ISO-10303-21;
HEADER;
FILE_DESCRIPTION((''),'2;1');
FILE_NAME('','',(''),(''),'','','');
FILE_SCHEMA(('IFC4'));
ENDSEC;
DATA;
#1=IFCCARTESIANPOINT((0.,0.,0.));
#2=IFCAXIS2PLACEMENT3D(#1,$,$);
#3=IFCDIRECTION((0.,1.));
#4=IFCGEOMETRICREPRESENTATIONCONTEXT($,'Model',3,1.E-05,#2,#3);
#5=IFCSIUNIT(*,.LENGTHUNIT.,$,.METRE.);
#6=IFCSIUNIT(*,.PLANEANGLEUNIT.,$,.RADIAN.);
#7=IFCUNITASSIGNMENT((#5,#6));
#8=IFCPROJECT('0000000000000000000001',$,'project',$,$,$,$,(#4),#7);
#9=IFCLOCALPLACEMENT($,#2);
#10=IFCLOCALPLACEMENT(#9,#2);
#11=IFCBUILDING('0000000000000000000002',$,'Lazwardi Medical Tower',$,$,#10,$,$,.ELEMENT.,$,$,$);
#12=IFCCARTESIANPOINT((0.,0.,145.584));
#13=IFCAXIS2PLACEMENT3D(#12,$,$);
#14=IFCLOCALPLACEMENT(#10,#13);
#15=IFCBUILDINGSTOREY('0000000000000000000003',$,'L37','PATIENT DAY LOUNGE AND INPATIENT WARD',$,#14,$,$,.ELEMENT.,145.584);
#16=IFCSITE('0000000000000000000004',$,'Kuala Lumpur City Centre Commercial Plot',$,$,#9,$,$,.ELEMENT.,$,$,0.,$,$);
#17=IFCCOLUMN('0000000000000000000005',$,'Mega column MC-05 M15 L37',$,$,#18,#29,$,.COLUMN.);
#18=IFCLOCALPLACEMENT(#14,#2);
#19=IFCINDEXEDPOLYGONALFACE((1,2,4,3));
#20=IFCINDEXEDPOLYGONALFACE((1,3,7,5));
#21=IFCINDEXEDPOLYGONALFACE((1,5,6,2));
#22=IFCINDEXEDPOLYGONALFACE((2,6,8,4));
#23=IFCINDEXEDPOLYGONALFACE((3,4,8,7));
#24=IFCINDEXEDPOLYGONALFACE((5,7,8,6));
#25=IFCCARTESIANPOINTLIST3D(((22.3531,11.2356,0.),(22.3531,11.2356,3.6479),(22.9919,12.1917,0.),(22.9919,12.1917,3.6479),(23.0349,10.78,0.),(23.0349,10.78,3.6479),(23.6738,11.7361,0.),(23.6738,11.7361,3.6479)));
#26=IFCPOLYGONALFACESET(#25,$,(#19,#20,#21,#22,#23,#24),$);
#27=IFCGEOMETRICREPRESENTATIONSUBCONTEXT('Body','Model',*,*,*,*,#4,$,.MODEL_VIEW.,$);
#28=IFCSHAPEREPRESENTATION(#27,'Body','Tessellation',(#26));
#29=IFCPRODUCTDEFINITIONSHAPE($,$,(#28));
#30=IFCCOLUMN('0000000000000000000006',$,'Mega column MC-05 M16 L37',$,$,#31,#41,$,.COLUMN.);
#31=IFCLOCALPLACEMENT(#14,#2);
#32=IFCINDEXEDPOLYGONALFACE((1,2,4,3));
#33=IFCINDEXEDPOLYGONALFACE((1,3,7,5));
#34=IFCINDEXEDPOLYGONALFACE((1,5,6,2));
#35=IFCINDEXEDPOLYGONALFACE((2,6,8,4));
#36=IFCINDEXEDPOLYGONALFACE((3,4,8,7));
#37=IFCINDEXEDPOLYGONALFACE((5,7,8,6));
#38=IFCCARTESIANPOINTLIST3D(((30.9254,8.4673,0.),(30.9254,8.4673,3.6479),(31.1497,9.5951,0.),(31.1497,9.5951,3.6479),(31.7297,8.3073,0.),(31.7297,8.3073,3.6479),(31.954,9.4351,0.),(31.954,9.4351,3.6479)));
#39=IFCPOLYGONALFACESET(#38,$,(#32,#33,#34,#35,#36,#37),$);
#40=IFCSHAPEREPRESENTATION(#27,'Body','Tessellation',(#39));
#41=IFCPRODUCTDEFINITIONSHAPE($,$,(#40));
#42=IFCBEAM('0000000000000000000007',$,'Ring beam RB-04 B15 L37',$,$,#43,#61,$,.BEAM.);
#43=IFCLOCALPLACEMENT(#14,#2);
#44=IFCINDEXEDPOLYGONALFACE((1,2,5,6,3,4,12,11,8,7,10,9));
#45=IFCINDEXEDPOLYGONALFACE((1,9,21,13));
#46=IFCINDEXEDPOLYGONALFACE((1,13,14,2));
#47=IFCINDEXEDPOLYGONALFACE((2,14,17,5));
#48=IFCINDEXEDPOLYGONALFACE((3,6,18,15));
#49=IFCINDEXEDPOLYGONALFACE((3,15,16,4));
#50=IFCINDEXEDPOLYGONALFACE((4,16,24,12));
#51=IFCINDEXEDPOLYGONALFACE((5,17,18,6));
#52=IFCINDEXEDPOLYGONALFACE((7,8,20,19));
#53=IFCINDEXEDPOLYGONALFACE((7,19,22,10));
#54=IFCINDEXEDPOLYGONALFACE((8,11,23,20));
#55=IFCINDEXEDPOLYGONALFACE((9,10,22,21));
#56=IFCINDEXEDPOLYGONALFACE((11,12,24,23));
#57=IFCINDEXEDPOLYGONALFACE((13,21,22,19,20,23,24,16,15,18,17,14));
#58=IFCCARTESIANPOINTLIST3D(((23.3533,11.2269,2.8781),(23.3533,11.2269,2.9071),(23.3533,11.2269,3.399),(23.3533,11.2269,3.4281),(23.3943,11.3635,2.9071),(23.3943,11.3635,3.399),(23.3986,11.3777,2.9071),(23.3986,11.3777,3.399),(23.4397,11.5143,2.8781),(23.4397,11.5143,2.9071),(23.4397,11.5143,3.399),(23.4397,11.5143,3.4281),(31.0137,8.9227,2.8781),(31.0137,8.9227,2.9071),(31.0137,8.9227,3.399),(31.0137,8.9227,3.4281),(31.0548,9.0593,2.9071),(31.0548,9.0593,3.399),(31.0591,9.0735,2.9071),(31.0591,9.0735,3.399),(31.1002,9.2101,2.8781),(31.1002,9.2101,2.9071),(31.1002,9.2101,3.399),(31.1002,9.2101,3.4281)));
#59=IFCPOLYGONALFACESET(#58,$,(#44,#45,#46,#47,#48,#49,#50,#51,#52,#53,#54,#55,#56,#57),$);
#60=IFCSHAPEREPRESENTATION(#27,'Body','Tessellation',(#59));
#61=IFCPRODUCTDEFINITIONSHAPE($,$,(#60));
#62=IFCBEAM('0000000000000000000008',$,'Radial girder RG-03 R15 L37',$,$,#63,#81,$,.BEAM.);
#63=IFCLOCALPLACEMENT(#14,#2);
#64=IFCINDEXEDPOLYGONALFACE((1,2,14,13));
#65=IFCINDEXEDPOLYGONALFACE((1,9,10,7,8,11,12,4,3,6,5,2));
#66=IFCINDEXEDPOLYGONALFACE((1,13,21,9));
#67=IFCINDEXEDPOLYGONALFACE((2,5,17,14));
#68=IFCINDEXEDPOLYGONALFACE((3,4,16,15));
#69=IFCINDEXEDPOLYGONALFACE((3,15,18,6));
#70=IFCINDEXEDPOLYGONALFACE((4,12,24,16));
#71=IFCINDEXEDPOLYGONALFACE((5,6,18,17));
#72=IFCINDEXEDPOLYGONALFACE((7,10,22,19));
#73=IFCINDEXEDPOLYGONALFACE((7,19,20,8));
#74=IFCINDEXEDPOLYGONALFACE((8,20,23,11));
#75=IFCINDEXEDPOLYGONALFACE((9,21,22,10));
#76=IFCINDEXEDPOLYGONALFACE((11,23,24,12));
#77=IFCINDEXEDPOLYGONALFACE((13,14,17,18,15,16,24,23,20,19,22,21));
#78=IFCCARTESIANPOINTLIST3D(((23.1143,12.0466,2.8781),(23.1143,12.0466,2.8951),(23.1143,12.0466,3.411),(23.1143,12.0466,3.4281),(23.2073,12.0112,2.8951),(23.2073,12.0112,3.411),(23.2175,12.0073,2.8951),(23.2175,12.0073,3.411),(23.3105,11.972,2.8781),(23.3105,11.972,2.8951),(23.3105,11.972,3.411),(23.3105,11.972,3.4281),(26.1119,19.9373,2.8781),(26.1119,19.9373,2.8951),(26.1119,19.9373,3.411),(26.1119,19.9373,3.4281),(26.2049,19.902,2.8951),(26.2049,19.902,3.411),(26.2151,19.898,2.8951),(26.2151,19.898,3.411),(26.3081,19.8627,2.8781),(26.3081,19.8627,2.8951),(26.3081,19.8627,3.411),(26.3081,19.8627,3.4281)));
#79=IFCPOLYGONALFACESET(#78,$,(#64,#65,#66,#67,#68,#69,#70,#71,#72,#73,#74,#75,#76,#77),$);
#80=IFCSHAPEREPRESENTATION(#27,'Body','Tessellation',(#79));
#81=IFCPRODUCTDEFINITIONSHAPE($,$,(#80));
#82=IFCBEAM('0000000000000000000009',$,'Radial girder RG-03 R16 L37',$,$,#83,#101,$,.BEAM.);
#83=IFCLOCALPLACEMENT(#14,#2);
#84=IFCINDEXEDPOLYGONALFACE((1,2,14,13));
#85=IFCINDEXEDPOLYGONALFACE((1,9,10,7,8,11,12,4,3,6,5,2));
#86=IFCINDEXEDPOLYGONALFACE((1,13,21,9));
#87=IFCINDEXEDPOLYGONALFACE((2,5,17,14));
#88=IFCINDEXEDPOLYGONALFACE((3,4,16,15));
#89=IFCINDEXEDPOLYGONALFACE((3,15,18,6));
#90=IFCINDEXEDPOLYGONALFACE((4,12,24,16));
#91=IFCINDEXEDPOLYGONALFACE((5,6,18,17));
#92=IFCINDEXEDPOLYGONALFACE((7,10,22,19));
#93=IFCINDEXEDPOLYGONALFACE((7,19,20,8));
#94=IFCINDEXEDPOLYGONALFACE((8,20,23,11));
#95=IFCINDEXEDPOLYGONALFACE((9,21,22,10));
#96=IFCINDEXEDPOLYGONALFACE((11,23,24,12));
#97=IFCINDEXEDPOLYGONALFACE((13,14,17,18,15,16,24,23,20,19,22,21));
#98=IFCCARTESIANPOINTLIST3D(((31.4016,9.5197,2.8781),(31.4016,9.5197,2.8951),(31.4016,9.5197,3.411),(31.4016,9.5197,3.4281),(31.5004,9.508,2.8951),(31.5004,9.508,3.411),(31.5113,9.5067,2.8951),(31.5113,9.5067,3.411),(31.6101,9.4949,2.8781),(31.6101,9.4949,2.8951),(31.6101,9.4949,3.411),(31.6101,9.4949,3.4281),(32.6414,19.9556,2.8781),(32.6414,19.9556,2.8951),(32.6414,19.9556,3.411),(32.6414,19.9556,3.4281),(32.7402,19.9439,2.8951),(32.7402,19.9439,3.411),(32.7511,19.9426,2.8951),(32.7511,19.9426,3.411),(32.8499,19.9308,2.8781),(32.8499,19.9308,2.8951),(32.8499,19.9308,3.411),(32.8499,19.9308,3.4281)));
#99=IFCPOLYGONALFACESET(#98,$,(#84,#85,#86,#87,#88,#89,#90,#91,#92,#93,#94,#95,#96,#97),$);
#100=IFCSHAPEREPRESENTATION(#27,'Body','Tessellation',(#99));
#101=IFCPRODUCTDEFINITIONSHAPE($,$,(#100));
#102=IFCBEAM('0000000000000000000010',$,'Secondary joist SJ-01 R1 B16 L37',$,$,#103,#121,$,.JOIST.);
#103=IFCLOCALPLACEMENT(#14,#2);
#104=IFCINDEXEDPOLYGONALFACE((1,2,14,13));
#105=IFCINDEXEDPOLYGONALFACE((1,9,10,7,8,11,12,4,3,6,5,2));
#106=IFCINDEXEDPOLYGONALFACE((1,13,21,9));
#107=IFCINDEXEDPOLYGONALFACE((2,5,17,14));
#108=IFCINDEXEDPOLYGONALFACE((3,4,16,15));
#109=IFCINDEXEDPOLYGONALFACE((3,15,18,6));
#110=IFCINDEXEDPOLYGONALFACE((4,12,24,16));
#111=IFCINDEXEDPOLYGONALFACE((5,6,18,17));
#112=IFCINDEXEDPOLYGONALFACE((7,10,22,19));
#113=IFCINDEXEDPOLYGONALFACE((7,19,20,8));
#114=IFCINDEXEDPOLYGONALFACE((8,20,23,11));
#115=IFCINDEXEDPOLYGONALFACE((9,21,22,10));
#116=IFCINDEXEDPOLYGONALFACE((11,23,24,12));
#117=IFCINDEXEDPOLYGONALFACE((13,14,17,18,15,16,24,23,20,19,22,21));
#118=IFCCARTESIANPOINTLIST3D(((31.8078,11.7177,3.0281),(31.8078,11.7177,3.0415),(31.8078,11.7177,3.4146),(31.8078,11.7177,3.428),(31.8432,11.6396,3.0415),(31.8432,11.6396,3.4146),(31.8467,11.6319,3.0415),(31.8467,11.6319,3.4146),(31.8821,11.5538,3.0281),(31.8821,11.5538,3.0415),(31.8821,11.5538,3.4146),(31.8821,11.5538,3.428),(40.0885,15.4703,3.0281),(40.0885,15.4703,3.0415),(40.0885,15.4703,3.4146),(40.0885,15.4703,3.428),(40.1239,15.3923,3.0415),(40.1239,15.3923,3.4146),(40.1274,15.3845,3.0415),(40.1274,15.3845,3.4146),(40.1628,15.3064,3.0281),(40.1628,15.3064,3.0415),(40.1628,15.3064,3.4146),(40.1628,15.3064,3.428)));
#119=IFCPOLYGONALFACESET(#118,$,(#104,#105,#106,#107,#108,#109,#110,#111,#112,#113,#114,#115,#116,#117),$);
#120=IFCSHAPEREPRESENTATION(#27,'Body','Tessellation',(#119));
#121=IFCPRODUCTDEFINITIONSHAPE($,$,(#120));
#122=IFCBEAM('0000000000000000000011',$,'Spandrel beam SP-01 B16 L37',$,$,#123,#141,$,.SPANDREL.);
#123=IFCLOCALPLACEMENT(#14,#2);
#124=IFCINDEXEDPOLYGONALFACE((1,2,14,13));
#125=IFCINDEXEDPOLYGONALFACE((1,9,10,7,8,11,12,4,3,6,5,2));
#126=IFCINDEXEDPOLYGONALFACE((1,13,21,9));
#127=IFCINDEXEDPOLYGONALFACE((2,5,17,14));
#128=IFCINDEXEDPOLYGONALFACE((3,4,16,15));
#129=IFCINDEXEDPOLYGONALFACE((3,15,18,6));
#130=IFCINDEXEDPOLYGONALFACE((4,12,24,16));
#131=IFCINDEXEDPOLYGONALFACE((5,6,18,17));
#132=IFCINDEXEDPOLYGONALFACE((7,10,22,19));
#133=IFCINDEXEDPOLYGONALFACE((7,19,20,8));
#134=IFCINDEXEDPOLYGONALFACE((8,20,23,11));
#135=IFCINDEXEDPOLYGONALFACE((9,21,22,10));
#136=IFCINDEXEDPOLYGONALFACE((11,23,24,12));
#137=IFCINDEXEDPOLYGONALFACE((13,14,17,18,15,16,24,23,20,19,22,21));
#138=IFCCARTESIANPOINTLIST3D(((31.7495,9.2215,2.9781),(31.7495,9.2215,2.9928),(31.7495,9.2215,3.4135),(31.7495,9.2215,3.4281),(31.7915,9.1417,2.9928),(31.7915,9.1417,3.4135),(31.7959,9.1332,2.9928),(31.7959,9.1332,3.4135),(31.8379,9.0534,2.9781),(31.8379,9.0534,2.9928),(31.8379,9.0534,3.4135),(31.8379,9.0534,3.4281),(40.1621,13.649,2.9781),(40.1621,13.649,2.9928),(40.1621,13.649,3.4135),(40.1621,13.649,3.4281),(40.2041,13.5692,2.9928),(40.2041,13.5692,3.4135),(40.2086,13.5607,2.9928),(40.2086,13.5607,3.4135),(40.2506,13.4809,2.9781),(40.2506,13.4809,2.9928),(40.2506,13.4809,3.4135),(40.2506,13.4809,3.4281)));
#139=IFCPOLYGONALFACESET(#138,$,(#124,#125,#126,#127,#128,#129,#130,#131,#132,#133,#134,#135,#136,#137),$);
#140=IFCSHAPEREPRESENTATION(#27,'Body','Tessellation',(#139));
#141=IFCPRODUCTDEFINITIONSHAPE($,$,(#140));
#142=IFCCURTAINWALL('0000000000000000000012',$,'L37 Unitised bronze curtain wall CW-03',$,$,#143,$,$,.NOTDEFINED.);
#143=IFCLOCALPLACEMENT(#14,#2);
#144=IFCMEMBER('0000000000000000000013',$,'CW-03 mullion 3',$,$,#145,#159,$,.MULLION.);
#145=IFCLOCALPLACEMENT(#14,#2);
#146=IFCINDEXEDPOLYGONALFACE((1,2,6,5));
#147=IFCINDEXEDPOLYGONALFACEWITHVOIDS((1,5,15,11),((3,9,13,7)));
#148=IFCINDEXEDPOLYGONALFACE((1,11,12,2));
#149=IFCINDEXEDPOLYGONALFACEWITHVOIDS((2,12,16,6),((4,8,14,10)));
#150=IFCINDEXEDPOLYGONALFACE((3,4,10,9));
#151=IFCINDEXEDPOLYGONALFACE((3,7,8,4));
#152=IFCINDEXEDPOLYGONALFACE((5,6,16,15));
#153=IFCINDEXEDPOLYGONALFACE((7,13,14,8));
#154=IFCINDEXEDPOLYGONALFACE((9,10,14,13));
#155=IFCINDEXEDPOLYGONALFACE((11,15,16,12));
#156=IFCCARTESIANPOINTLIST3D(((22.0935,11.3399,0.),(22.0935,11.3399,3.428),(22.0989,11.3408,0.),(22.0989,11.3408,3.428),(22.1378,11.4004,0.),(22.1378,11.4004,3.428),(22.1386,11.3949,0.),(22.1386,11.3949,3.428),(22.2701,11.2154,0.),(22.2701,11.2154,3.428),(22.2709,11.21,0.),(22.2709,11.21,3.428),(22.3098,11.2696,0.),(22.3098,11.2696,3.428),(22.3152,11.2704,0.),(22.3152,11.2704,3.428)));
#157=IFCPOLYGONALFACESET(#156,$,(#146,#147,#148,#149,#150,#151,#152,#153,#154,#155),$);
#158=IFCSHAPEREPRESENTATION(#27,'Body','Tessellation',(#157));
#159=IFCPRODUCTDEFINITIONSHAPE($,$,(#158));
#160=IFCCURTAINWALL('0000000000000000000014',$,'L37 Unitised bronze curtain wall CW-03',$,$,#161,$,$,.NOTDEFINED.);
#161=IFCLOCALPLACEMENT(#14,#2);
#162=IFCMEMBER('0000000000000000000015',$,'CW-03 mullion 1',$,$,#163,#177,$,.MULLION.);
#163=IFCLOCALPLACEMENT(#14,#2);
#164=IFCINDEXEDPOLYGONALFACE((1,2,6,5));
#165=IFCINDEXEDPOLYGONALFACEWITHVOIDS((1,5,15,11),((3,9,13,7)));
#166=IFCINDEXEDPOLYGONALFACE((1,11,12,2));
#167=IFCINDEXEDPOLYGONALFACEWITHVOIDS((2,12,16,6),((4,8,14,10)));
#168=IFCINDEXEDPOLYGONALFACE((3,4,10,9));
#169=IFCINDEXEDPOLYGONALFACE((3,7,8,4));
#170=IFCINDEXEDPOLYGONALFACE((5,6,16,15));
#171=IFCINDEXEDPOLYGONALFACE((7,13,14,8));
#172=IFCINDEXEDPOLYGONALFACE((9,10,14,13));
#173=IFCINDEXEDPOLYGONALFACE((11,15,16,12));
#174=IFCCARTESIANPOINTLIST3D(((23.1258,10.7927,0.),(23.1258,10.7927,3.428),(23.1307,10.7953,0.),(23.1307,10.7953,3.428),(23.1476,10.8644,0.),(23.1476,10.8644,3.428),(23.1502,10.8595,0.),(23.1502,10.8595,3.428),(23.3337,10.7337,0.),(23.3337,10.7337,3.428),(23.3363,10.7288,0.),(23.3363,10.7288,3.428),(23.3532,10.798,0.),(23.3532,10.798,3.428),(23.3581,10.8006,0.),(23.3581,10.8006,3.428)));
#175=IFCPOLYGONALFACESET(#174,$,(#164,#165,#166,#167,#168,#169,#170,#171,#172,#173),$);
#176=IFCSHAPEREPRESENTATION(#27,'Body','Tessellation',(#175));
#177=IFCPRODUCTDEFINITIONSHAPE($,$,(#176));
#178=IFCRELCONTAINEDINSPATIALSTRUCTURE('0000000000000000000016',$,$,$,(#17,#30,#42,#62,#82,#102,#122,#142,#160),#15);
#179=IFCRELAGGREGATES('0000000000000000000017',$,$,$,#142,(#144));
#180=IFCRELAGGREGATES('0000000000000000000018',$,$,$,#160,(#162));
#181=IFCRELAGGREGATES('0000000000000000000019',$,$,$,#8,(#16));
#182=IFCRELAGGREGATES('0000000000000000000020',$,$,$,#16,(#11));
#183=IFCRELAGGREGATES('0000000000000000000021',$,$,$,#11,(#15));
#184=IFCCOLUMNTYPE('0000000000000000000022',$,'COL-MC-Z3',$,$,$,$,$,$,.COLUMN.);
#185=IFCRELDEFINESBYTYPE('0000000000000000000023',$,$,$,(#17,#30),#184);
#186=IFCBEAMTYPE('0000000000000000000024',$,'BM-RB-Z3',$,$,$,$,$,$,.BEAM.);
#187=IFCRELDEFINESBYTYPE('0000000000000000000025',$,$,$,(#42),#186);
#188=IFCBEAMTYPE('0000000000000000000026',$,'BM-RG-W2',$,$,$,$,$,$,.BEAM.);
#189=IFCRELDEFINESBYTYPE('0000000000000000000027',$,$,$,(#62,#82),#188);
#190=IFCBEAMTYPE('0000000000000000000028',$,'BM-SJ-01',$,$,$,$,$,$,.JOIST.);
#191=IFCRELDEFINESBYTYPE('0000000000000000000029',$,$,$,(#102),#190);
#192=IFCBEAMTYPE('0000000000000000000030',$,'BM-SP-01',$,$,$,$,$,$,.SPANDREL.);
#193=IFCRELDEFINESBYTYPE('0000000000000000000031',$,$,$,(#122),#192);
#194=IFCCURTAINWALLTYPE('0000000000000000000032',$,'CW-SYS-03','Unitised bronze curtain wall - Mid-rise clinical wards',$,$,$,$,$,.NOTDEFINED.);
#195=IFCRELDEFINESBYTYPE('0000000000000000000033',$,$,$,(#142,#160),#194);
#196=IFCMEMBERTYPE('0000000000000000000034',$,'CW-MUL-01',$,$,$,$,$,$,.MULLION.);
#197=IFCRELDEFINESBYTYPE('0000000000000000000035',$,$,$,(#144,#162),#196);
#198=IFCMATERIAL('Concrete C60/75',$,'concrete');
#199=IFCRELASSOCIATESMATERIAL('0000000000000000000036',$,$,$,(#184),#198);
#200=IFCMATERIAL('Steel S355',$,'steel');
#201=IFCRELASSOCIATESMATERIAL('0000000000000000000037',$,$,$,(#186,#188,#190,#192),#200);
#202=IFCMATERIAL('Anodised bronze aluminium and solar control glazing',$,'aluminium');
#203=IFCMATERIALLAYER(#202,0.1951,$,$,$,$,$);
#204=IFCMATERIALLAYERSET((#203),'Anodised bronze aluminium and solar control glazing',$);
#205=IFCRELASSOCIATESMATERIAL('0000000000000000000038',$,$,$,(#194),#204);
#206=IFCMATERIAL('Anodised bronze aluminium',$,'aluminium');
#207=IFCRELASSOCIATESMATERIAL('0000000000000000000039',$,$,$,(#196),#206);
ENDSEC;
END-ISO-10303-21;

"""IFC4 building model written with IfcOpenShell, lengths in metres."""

from ifc_helpers import new_model, si_unit, direction, frame, origin, origin_2d, place, context, subcontext, project, spatial, rectangle, hollow_rectangle, i_section, extrude, material, layer, layer_set, material_profile, profile_set, type_object, element, aggregate, save


model = new_model("IFC4")

# Units and contexts
model_context = context("Model", 3, precision=1e-05, world=origin(), true_north=direction((0.0, 1.0)))
body_context = subcontext(model_context, "Body", "Model", "MODEL_VIEW")
ifc_project = project(units=[si_unit("LENGTHUNIT", "METRE"), si_unit("PLANEANGLEUNIT", "RADIAN")], contexts=[model_context])

# Site, building, storey
site_placement = place(None, origin())
site = spatial("IfcSite", under=ifc_project, at=site_placement, Name="Kuala Lumpur City Centre Commercial Plot", CompositionType="ELEMENT", RefElevation=0.0)
building_placement = place(site_placement, origin())
building = spatial("IfcBuilding", under=site, at=building_placement, Name="Lazwardi Medical Tower", CompositionType="ELEMENT")
storey_placement = place(building_placement, frame((0.0, 0.0, 145.584)))
storey = spatial("IfcBuildingStorey", under=building, at=storey_placement, Name="L37", Description="PATIENT DAY LOUNGE AND INPATIENT WARD", CompositionType="ELEMENT", Elevation=145.584)

# Columns
ifc_material_1 = material(Name="Concrete C60/75", Category="concrete")
ifc_material_profile_1 = material_profile(ifc_material_1, rectangle(XDim=1.1499, YDim=0.8201, at=origin_2d()), Name="CFT-RECT 1150x820")
ifc_profile_set_1 = profile_set([ifc_material_profile_1], Name="Concrete C60/75")
column_type = type_object("IfcColumnType", Name="COL-MC-Z3", PredefinedType="COLUMN", material=ifc_profile_set_1)
for number, where, z_axis, x_axis, name in (
    (1, (23.0134, 11.4858, 0.0), (0.0, 0.0, 1.0), (-0.55557, -0.83147, 0.0), "Mega column MC-05 M15 L37"),
    (2, (31.4397, 8.9512, 0.0), (0.0, 0.0, 1.0), (-0.19509, -0.980785, 0.0), "Mega column MC-05 M16 L37"),
):
    element("IfcColumn", number, at=place(storey_placement, frame(where, z_axis=z_axis, x_axis=x_axis)), inside=storey, type_object=column_type, Name=name, PredefinedType="COLUMN", context=body_context, shape_type="SweptSolid", body=[
        extrude(rectangle(XDim=1.1499, YDim=0.8201, at=origin_2d()), origin(), (0.0, 0.0, 1.0), 3.6479),
    ])

# Beams
ifc_material_2 = material(Name="Steel S355", Category="steel")
ifc_material_profile_2 = material_profile(ifc_material_2, i_section(OverallWidth=0.3, OverallDepth=0.55, WebThickness=0.0149, FlangeThickness=0.0291, at=origin_2d()), Name="HEB 550")
ifc_profile_set_2 = profile_set([ifc_material_profile_2], Name="Steel S355")
beam_type_1 = type_object("IfcBeamType", Name="BM-RB-Z3", PredefinedType="BEAM", material=ifc_profile_set_2)
beam_1_placement = place(storey_placement, frame((23.3965, 11.3706, 3.1531), z_axis=(0.957617, -0.288045, 0.0), x_axis=(0.288045, 0.957617, 0.0)))
element("IfcBeam", 3, at=beam_1_placement, inside=storey, type_object=beam_type_1, Name="Ring beam RB-04 B15 L37", PredefinedType="BEAM", context=body_context, shape_type="SweptSolid", body=[
    extrude(i_section(OverallWidth=0.3, OverallDepth=0.55, WebThickness=0.0149, FlangeThickness=0.0291, at=origin_2d()), origin(), (0.0, 0.0, 1.0), 7.9995),
])
ifc_material_profile_3 = material_profile(ifc_material_2, i_section(OverallWidth=0.21, OverallDepth=0.55, WebThickness=0.011, FlangeThickness=0.0171, at=origin_2d()), Name="IPE 550")
ifc_profile_set_3 = profile_set([ifc_material_profile_3], Name="Steel S355")
beam_type_2 = type_object("IfcBeamType", Name="BM-RG-W2", PredefinedType="BEAM", material=ifc_profile_set_3)
beam_2_placement = place(storey_placement, frame((23.2124, 12.0093, 3.1531), z_axis=(0.355127, 0.934818, 0.0), x_axis=(-0.934818, 0.355127, 0.0)))
element("IfcBeam", 4, at=beam_2_placement, inside=storey, type_object=beam_type_2, Name="Radial girder RG-03 R15 L37", PredefinedType="BEAM", context=body_context, shape_type="SweptSolid", body=[
    extrude(i_section(OverallWidth=0.21, OverallDepth=0.55, WebThickness=0.011, FlangeThickness=0.0171, at=origin_2d()), origin(), (0.0, 0.0, 1.0), 8.4409),
])
beam_3_placement = place(storey_placement, frame((31.5059, 9.5073, 3.1531), z_axis=(0.117968, 0.993017, 0.0), x_axis=(-0.993017, 0.117968, 0.0)))
element("IfcBeam", 5, at=beam_3_placement, inside=storey, type_object=beam_type_2, Name="Radial girder RG-03 R16 L37", PredefinedType="BEAM", context=body_context, shape_type="SweptSolid", body=[
    extrude(i_section(OverallWidth=0.21, OverallDepth=0.55, WebThickness=0.011, FlangeThickness=0.0171, at=origin_2d()), origin(), (0.0, 0.0, 1.0), 10.5093),
])
ifc_material_profile_4 = material_profile(ifc_material_2, i_section(OverallWidth=0.1799, OverallDepth=0.3999, WebThickness=0.0085, FlangeThickness=0.0134, at=origin_2d()), Name="IPE 400")
ifc_profile_set_4 = profile_set([ifc_material_profile_4], Name="Steel S355")
beam_type_3 = type_object("IfcBeamType", Name="BM-SJ-01", PredefinedType="JOIST", material=ifc_profile_set_4)
beam_4_placement = place(storey_placement, frame((31.845, 11.6357, 3.228), z_axis=(0.910834, 0.412773, 0.0), x_axis=(-0.412773, 0.910834, 0.0)))
element("IfcBeam", 6, at=beam_4_placement, inside=storey, type_object=beam_type_3, Name="Secondary joist SJ-01 R1 B16 L37", PredefinedType="JOIST", context=body_context, shape_type="SweptSolid", body=[
    extrude(i_section(OverallWidth=0.1799, OverallDepth=0.3999, WebThickness=0.0085, FlangeThickness=0.0134, at=origin_2d()), origin(), (0.0, 0.0, 1.0), 9.0913),
])
ifc_material_profile_5 = material_profile(ifc_material_2, i_section(OverallWidth=0.1899, OverallDepth=0.45, WebThickness=0.0095, FlangeThickness=0.0146, at=origin_2d()), Name="IPE 450")
ifc_profile_set_5 = profile_set([ifc_material_profile_5], Name="Steel S355")
beam_type_4 = type_object("IfcBeamType", Name="BM-SP-01", PredefinedType="SPANDREL", material=ifc_profile_set_5)
beam_5_placement = place(storey_placement, frame((31.7937, 9.1375, 3.2031), z_axis=(0.884927, 0.465731, 0.0), x_axis=(-0.465731, 0.884927, 0.0)))
element("IfcBeam", 7, at=beam_5_placement, inside=storey, type_object=beam_type_4, Name="Spandrel beam SP-01 B16 L37", PredefinedType="SPANDREL", context=body_context, shape_type="SweptSolid", body=[
    extrude(i_section(OverallWidth=0.1899, OverallDepth=0.45, WebThickness=0.0095, FlangeThickness=0.0146, at=origin_2d()), origin(), (0.0, 0.0, 1.0), 9.5066),
])

# Curtain wall, member
ifc_material_3 = material(Name="Anodised bronze aluminium and solar control glazing", Category="aluminium")
ifc_layer_1 = layer(ifc_material_3, 0.1951)
ifc_layer_set_1 = layer_set([ifc_layer_1], Name="Anodised bronze aluminium and solar control glazing")
curtain_wall_type = type_object("IfcCurtainWallType", Name="CW-SYS-03", Description="Unitised bronze curtain wall - Mid-rise clinical wards", PredefinedType="NOTDEFINED", material=ifc_layer_set_1)
curtain_wall_1_placement = place(storey_placement, origin())
curtain_wall_1 = element("IfcCurtainWall", 8, at=curtain_wall_1_placement, inside=storey, type_object=curtain_wall_type, Name="L37 Unitised bronze curtain wall CW-03", PredefinedType="NOTDEFINED")
ifc_material_4 = material(Name="Anodised bronze aluminium", Category="aluminium")
ifc_material_profile_6 = material_profile(ifc_material_4, hollow_rectangle(XDim=0.075, YDim=0.22, WallThickness=0.0039, at=origin_2d()), Name="ALU-MULLION 220x75x4")
ifc_profile_set_6 = profile_set([ifc_material_profile_6], Name="Anodised bronze aluminium")
member_type_1 = type_object("IfcMemberType", Name="CW-MUL-01", PredefinedType="MULLION", material=ifc_profile_set_6)
member_1_placement = place(storey_placement, frame((22.2043, 11.3052, 0.0), z_axis=(0.0, 0.0, 1.0), x_axis=(0.590834, 0.806793, 0.0)))
member_1 = element("IfcMember", 9, at=member_1_placement, type_object=member_type_1, Name="CW-03 mullion 3", PredefinedType="MULLION", context=body_context, shape_type="SweptSolid", body=[
    extrude(hollow_rectangle(XDim=0.075, YDim=0.22, WallThickness=0.0039, at=origin_2d()), origin(), (0.0, 0.0, 1.0), 3.428),
])

# Curtain wall, member
curtain_wall_2_placement = place(storey_placement, origin())
curtain_wall_2 = element("IfcCurtainWall", 10, at=curtain_wall_2_placement, inside=storey, type_object=curtain_wall_type, Name="L37 Unitised bronze curtain wall CW-03", PredefinedType="NOTDEFINED")
member_2_placement = place(storey_placement, frame((23.2419, 10.7966, 0.0), z_axis=(0.0, 0.0, 1.0), x_axis=(0.290281, 0.956942, 0.0)))
member_2 = element("IfcMember", 11, at=member_2_placement, type_object=member_type_1, Name="CW-03 mullion 1", PredefinedType="MULLION", context=body_context, shape_type="SweptSolid", body=[
    extrude(hollow_rectangle(XDim=0.075, YDim=0.22, WallThickness=0.0039, at=origin_2d()), origin(), (0.0, 0.0, 1.0), 3.428),
])

aggregate(curtain_wall_1, [member_1])
aggregate(curtain_wall_2, [member_2])

save(model, "model.ifc")
